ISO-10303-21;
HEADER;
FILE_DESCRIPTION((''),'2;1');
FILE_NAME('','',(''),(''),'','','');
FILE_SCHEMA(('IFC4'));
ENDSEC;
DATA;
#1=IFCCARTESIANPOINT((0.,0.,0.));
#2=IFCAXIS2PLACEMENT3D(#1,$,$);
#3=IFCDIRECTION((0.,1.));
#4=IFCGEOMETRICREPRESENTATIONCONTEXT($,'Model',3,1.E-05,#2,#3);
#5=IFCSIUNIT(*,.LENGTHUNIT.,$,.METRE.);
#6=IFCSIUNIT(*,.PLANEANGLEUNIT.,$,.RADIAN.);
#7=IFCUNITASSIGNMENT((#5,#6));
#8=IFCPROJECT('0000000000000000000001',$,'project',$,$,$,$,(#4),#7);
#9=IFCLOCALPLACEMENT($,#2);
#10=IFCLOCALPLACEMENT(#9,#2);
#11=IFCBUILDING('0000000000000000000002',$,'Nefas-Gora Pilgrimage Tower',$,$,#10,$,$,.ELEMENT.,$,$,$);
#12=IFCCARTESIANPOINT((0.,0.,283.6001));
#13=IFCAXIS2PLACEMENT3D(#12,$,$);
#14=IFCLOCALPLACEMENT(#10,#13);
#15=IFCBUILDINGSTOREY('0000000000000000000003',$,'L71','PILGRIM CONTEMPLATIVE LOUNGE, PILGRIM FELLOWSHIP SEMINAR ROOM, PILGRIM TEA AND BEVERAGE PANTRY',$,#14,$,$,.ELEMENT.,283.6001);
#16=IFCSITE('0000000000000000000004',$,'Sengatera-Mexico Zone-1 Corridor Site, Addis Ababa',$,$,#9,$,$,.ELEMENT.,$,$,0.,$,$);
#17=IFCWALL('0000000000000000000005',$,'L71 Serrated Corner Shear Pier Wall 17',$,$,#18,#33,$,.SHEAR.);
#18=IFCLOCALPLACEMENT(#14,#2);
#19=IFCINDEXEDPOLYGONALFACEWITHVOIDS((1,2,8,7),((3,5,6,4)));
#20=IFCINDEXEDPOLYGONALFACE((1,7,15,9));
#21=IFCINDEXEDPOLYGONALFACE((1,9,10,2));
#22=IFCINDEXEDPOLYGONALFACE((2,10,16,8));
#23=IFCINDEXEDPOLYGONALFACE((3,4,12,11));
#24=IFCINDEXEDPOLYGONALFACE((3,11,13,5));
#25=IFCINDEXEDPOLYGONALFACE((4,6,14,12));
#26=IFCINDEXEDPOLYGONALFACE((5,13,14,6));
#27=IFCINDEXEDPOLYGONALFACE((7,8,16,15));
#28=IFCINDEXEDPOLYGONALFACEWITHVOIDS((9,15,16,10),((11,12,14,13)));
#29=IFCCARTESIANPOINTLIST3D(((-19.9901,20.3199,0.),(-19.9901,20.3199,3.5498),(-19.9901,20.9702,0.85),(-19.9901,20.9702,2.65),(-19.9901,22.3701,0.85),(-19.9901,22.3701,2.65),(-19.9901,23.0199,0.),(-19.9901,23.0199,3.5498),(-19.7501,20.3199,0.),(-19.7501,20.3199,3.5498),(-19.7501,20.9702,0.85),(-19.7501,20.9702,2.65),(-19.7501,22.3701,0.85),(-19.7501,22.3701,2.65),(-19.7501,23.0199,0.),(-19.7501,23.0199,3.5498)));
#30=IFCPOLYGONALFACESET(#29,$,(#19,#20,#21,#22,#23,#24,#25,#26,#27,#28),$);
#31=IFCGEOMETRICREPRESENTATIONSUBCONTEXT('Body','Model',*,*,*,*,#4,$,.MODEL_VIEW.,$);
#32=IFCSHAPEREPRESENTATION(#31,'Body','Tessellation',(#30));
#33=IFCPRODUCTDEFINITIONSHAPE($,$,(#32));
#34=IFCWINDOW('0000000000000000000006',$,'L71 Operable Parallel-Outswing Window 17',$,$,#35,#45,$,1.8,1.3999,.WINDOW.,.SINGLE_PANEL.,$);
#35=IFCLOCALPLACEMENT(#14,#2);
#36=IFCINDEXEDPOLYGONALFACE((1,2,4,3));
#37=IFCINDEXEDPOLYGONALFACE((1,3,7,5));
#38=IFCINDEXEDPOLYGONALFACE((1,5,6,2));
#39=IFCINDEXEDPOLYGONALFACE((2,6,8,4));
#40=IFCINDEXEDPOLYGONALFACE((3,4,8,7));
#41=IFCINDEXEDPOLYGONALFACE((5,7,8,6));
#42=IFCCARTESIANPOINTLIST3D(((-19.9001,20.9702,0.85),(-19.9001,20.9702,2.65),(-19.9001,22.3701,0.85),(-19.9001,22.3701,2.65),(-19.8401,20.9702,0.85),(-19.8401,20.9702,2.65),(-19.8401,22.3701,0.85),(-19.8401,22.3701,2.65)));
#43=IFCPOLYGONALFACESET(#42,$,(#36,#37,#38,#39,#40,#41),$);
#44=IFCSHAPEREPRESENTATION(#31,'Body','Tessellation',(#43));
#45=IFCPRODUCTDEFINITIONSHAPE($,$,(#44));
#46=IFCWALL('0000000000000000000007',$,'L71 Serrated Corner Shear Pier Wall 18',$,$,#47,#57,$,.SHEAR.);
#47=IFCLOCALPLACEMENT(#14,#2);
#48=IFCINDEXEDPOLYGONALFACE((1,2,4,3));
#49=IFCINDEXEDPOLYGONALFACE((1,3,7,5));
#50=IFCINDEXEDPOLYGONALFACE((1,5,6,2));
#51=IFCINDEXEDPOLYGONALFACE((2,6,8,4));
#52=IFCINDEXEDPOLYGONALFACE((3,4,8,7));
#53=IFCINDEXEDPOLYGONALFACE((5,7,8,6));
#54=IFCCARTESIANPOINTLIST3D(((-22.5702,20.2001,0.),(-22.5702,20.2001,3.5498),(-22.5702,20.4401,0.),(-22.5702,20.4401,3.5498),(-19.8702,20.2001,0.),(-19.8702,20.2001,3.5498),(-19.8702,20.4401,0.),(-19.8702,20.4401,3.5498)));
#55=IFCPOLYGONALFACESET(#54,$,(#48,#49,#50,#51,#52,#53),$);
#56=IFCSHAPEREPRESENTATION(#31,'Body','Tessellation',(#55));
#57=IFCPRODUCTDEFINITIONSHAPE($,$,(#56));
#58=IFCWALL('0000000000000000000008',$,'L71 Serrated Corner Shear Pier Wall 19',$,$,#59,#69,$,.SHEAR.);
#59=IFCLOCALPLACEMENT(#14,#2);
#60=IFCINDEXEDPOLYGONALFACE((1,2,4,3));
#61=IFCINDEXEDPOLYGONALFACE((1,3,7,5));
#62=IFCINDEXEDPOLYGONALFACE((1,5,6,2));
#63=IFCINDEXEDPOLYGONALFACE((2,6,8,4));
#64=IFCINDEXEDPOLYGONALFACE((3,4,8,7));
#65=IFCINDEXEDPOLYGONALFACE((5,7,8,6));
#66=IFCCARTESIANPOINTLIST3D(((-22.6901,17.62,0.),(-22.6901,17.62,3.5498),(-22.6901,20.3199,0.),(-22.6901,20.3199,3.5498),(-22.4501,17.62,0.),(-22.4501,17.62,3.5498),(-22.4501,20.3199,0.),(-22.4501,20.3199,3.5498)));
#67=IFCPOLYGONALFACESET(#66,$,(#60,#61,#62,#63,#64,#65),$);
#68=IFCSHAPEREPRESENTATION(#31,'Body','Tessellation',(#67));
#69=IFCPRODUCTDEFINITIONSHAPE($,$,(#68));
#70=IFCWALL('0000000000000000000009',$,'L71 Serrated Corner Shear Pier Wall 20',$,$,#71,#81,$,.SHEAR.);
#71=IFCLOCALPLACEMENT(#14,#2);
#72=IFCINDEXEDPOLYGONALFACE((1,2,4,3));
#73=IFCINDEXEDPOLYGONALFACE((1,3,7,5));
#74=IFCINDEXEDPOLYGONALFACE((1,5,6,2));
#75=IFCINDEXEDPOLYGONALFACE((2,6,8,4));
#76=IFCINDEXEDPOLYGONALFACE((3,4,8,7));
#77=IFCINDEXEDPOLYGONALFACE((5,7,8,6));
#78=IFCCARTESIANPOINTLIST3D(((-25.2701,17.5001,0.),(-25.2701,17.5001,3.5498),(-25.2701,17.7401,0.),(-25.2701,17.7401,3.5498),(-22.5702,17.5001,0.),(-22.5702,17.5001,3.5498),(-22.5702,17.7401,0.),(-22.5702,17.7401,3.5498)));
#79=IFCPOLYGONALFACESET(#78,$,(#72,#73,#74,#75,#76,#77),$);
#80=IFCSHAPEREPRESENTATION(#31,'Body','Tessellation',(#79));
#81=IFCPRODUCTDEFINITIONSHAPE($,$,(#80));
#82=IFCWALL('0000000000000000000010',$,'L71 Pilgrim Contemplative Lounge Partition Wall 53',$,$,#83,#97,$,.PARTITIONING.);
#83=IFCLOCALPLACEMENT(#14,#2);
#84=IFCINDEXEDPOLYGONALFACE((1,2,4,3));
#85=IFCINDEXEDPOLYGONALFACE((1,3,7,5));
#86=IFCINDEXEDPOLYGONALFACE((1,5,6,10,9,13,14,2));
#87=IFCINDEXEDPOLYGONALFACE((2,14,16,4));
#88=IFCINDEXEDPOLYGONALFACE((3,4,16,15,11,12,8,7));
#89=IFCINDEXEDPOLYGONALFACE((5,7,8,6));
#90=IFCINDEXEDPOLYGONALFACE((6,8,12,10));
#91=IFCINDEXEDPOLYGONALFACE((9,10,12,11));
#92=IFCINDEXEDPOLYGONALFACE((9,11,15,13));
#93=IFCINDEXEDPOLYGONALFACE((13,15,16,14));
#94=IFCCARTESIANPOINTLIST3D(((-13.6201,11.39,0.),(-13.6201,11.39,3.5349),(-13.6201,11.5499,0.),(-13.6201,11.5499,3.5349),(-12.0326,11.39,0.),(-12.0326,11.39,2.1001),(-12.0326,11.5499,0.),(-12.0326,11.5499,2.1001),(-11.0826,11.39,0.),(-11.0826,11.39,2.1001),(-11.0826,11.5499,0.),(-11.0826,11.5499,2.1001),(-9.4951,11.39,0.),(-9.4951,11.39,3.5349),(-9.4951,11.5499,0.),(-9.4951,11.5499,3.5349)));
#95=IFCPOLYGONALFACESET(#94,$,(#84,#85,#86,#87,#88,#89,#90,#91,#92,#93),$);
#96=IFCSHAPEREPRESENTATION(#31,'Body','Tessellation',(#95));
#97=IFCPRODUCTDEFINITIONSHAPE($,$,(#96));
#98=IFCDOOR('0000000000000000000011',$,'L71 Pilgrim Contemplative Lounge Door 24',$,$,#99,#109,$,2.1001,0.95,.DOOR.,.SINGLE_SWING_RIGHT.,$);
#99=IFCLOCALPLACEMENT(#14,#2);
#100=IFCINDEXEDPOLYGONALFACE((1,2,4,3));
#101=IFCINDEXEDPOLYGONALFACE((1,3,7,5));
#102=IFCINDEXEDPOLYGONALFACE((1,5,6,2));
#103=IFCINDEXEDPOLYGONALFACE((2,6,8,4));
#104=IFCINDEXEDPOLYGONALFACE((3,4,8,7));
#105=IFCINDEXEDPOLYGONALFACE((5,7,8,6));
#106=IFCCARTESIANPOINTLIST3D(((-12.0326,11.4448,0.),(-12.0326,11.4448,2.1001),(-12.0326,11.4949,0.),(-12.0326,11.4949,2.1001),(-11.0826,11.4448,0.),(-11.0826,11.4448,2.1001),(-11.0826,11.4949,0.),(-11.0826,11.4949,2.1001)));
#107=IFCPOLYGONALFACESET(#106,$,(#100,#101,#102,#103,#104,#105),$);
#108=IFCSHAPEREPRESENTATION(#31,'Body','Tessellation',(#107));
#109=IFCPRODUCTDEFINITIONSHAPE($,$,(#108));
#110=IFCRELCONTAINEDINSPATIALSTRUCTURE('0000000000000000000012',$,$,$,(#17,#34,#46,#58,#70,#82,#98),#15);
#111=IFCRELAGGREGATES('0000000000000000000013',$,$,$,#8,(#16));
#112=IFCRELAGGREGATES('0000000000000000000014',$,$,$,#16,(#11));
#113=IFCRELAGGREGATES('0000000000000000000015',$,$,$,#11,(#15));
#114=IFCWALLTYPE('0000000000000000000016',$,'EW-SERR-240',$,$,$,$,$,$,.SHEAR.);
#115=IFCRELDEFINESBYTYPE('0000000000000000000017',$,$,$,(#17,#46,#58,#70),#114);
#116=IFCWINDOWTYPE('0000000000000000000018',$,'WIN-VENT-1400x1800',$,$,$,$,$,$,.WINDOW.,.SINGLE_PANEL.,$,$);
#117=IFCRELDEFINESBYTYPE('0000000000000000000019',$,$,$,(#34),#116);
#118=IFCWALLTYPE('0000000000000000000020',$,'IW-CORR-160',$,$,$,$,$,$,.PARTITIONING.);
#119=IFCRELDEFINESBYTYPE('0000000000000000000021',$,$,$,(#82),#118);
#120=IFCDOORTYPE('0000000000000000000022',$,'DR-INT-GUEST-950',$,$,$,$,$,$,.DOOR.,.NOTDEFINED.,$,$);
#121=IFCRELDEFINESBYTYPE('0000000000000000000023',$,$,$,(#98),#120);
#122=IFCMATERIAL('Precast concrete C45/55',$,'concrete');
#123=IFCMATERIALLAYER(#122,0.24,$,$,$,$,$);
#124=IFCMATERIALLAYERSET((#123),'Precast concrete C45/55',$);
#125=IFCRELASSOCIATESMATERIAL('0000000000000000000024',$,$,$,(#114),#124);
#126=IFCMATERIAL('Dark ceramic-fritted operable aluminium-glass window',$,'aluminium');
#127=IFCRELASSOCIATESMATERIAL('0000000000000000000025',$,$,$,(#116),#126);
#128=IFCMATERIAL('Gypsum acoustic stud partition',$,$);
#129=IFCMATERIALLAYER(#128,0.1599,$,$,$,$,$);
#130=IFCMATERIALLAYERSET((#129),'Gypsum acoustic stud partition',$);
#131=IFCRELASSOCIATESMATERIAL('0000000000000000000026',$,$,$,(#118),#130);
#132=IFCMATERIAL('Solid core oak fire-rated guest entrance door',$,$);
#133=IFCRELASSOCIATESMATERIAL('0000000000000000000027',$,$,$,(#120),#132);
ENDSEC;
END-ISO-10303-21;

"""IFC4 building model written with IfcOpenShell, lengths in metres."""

from ifc_helpers import new_model, si_unit, direction, frame, frame_2d, origin, place, context, subcontext, project, spatial, rectangle, extrude, source, transform, mapped, material, layer, layer_set, type_object, element, fill, save


model = new_model("IFC4")

# Units and contexts
model_context = context("Model", 3, precision=1e-05, world=origin(), true_north=direction((0.0, 1.0)))
body_context = subcontext(model_context, "Body", "Model", "MODEL_VIEW")
ifc_project = project(units=[si_unit("LENGTHUNIT", "METRE"), si_unit("PLANEANGLEUNIT", "RADIAN")], contexts=[model_context])

# Site, building, storey
site_placement = place(None, origin())
site = spatial("IfcSite", under=ifc_project, at=site_placement, Name="Sengatera-Mexico Zone-1 Corridor Site, Addis Ababa", CompositionType="ELEMENT", RefElevation=0.0)
building_placement = place(site_placement, origin())
building = spatial("IfcBuilding", under=site, at=building_placement, Name="Nefas-Gora Pilgrimage Tower", CompositionType="ELEMENT")
storey_placement = place(building_placement, frame((0.0, 0.0, 283.6001)))
storey = spatial("IfcBuildingStorey", under=building, at=storey_placement, Name="L71", Description="PILGRIM CONTEMPLATIVE LOUNGE, PILGRIM FELLOWSHIP SEMINAR ROOM, PILGRIM TEA AND BEVERAGE PANTRY", CompositionType="ELEMENT", Elevation=283.6001)

# Wall, opening, window
ifc_material_1 = material(Name="Precast concrete C45/55", Category="concrete")
ifc_layer_1 = layer(ifc_material_1, 0.24)
ifc_layer_set_1 = layer_set([ifc_layer_1], Name="Precast concrete C45/55")
wall_type_1 = type_object("IfcWallType", Name="EW-SERR-240", PredefinedType="SHEAR", material=ifc_layer_set_1)
shared_shape_1 = source(origin(), body_context, "Body", "SweptSolid", [
    extrude(rectangle(XDim=2.7, YDim=0.24, at=frame_2d((1.3501, 0.0))), origin(), (0.0, 0.0, 1.0), 3.5498),
])
wall_1_placement = place(storey_placement, frame((-19.8701, 23.02, 0.0), z_axis=(0.0, 0.0, 1.0), x_axis=(0.0, -1.0, 0.0)))
wall_1 = element("IfcWall", 1, at=wall_1_placement, inside=storey, type_object=wall_type_1, Name="L71 Serrated Corner Shear Pier Wall 17", PredefinedType="SHEAR", context=body_context, shape_type="MappedRepresentation", body=[
    mapped(shared_shape_1, transform((0.0, 0.0, 0.0), x_axis=(1.0, 0.0, 0.0), y_axis=(0.0, 1.0, 0.0), z_axis=(0.0, 0.0, 1.0), scale=1.0)),
])
opening_1_placement = place(wall_1_placement, frame((0.6499, 0.0, 0.8501)))
opening_1 = element("IfcOpeningElement", 2, at=opening_1_placement, cuts=wall_1, PredefinedType="OPENING", context=body_context, shape_type="SweptSolid", body=[
    extrude(rectangle(XDim=1.3999, YDim=1.8, at=frame_2d((0.7, 0.8999))), frame((0.0, 0.1299, 0.0), z_axis=(0.0, -1.0, 0.0), x_axis=(1.0, 0.0, 0.0)), (0.0, 0.0, 1.0), 0.26),
])
ifc_material_2 = material(Name="Dark ceramic-fritted operable aluminium-glass window", Category="aluminium")
window_type = type_object("IfcWindowType", Name="WIN-VENT-1400x1800", PartitioningType="SINGLE_PANEL", PredefinedType="WINDOW", material=ifc_material_2)
shared_shape_2 = source(origin(), body_context, "Body", "SweptSolid", [
    extrude(rectangle(XDim=1.3999, YDim=1.8, at=frame_2d((0.7, 0.8999))), frame((0.0, 0.03, 0.0), z_axis=(0.0, -1.0, 0.0), x_axis=(1.0, 0.0, 0.0)), (0.0, 0.0, 1.0), 0.0601),
])
window_placement = place(opening_1_placement, origin())
window = element("IfcWindow", 3, at=window_placement, inside=storey, type_object=window_type, Name="L71 Operable Parallel-Outswing Window 17", OverallHeight=1.8, OverallWidth=1.3999, PartitioningType="SINGLE_PANEL", PredefinedType="WINDOW", context=body_context, shape_type="MappedRepresentation", body=[
    mapped(shared_shape_2, transform((0.0, 0.0, 0.0), x_axis=(1.0, 0.0, 0.0), y_axis=(0.0, 1.0, 0.0), z_axis=(0.0, 0.0, 1.0), scale=1.0)),
])
fill(opening_1, window)

# Walls
for number, where, z_axis, x_axis, name in (
    (4, (-19.8701, 20.3201, 0.0), (0.0, 0.0, 1.0), (-1.0, 0.0, 0.0), "L71 Serrated Corner Shear Pier Wall 18"),
    (5, (-22.5701, 20.3201, 0.0), (0.0, 0.0, 1.0), (0.0, -1.0, 0.0), "L71 Serrated Corner Shear Pier Wall 19"),
    (6, (-22.5701, 17.6201, 0.0), (0.0, 0.0, 1.0), (-1.0, 0.0, 0.0), "L71 Serrated Corner Shear Pier Wall 20"),
):
    element("IfcWall", number, at=place(storey_placement, frame(where, z_axis=z_axis, x_axis=x_axis)), inside=storey, type_object=wall_type_1, Name=name, PredefinedType="SHEAR", context=body_context, shape_type="MappedRepresentation", body=[
        mapped(shared_shape_1, transform((0.0, 0.0, 0.0), x_axis=(1.0, 0.0, 0.0), y_axis=(0.0, 1.0, 0.0), z_axis=(0.0, 0.0, 1.0), scale=1.0)),
    ])

# Wall, opening, door
ifc_material_3 = material(Name="Gypsum acoustic stud partition")
ifc_layer_2 = layer(ifc_material_3, 0.1599)
ifc_layer_set_2 = layer_set([ifc_layer_2], Name="Gypsum acoustic stud partition")
wall_type_2 = type_object("IfcWallType", Name="IW-CORR-160", PredefinedType="PARTITIONING", material=ifc_layer_set_2)
shared_shape_3 = source(origin(), body_context, "Body", "SweptSolid", [
    extrude(rectangle(XDim=4.125, YDim=0.1599, at=frame_2d((2.0625, 0.0))), origin(), (0.0, 0.0, 1.0), 3.5349),
])
wall_2_placement = place(storey_placement, frame((-13.6201, 11.47, 0.0), z_axis=(0.0, 0.0, 1.0), x_axis=(1.0, 0.0, 0.0)))
wall_2 = element("IfcWall", 7, at=wall_2_placement, inside=storey, type_object=wall_type_2, Name="L71 Pilgrim Contemplative Lounge Partition Wall 53", PredefinedType="PARTITIONING", context=body_context, shape_type="MappedRepresentation", body=[
    mapped(shared_shape_3, transform((0.0, 0.0, 0.0), x_axis=(1.0, 0.0, 0.0), y_axis=(0.0, 1.0, 0.0), z_axis=(0.0, 0.0, 1.0), scale=1.0)),
])
opening_2_placement = place(wall_2_placement, frame((1.5874, 0.0, 0.0)))
opening_2 = element("IfcOpeningElement", 8, at=opening_2_placement, cuts=wall_2, PredefinedType="OPENING", context=body_context, shape_type="SweptSolid", body=[
    extrude(rectangle(XDim=0.95, YDim=2.1001, at=frame_2d((0.4751, 1.05))), frame((0.0, 0.0898, 0.0), z_axis=(0.0, -1.0, 0.0), x_axis=(1.0, 0.0, 0.0)), (0.0, 0.0, 1.0), 0.1799),
])
ifc_material_4 = material(Name="Solid core oak fire-rated guest entrance door")
door_type = type_object("IfcDoorType", Name="DR-INT-GUEST-950", OperationType="NOTDEFINED", PredefinedType="DOOR", material=ifc_material_4)
shared_shape_4 = source(origin(), body_context, "Body", "SweptSolid", [
    extrude(rectangle(XDim=0.95, YDim=2.1001, at=frame_2d((0.4751, 1.05))), frame((0.0, 0.0249, 0.0), z_axis=(0.0, -1.0, 0.0), x_axis=(1.0, 0.0, 0.0)), (0.0, 0.0, 1.0), 0.05),
])
door_placement = place(opening_2_placement, origin())
door = element("IfcDoor", 9, at=door_placement, inside=storey, type_object=door_type, Name="L71 Pilgrim Contemplative Lounge Door 24", OperationType="SINGLE_SWING_RIGHT", OverallHeight=2.1001, OverallWidth=0.95, PredefinedType="DOOR", context=body_context, shape_type="MappedRepresentation", body=[
    mapped(shared_shape_4, transform((0.0, 0.0, 0.0), x_axis=(1.0, 0.0, 0.0), y_axis=(0.0, 1.0, 0.0), z_axis=(0.0, 0.0, 1.0), scale=1.0)),
])
fill(opening_2, door)

save(model, "model.ifc")
